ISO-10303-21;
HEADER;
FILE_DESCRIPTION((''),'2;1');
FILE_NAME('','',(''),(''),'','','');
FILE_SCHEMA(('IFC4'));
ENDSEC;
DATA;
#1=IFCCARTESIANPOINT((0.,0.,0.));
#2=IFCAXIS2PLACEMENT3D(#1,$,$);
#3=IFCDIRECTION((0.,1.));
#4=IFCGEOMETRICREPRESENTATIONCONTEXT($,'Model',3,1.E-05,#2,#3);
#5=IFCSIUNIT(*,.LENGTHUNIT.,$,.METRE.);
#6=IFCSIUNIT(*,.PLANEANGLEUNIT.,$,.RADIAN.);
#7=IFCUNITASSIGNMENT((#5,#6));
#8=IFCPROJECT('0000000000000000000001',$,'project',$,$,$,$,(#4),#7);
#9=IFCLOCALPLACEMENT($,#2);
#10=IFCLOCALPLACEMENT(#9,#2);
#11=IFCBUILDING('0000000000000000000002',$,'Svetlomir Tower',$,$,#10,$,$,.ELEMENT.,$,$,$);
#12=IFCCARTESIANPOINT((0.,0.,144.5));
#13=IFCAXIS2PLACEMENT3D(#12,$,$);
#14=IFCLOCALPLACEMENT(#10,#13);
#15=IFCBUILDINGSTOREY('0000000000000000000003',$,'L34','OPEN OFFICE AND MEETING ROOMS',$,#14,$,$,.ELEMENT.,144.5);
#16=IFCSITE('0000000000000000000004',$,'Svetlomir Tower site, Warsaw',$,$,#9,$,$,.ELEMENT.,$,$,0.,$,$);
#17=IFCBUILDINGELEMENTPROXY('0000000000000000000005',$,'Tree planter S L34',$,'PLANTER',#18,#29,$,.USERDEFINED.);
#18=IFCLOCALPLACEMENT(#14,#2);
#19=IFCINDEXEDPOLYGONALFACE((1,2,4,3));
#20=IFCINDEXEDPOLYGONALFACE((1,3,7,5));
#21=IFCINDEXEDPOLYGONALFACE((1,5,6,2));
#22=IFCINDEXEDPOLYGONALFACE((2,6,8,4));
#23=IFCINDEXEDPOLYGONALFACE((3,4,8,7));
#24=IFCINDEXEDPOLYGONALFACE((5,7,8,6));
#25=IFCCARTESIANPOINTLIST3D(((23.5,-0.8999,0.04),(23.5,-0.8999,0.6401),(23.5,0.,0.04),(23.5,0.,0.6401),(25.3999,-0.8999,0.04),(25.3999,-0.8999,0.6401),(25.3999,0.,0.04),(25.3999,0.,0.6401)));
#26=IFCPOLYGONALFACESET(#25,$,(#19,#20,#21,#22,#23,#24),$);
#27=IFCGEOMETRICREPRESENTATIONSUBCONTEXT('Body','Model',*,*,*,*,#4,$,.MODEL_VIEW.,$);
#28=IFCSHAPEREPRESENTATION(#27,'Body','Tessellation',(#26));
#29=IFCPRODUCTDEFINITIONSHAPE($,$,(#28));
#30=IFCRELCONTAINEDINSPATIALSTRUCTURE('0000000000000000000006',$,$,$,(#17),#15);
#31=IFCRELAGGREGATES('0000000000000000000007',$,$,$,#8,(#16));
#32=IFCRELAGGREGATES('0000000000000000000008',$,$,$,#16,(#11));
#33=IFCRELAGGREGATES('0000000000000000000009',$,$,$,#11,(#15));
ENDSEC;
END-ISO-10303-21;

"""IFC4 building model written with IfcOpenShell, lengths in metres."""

from ifc_helpers import new_model, si_unit, direction, frame, origin, origin_2d, place, context, subcontext, project, spatial, rectangle, extrude, element, save


model = new_model("IFC4")

# Units and contexts
model_context = context("Model", 3, precision=1e-05, world=origin(), true_north=direction((0.0, 1.0)))
body_context = subcontext(model_context, "Body", "Model", "MODEL_VIEW")
ifc_project = project(units=[si_unit("LENGTHUNIT", "METRE"), si_unit("PLANEANGLEUNIT", "RADIAN")], contexts=[model_context])

# Site, building, storey
site_placement = place(None, origin())
site = spatial("IfcSite", under=ifc_project, at=site_placement, Name="Svetlomir Tower site, Warsaw", CompositionType="ELEMENT", RefElevation=0.0)
building_placement = place(site_placement, origin())
building = spatial("IfcBuilding", under=site, at=building_placement, Name="Svetlomir Tower", CompositionType="ELEMENT")
storey_placement = place(building_placement, frame((0.0, 0.0, 144.5)))
storey = spatial("IfcBuildingStorey", under=building, at=storey_placement, Name="L34", Description="OPEN OFFICE AND MEETING ROOMS", CompositionType="ELEMENT", Elevation=144.5)

# Building element proxy
proxy_placement = place(storey_placement, frame((24.45, -0.45, 0.04), z_axis=(0.0, 0.0, 1.0), x_axis=(1.0, 0.0, 0.0)))
element("IfcBuildingElementProxy", 1, at=proxy_placement, inside=storey, Name="Tree planter S L34", ObjectType="PLANTER", PredefinedType="USERDEFINED", context=body_context, shape_type="SweptSolid", body=[
    extrude(rectangle(XDim=1.8999, YDim=0.8999, at=origin_2d()), origin(), (0.0, 0.0, 1.0), 0.6001),
])

save(model, "model.ifc")
